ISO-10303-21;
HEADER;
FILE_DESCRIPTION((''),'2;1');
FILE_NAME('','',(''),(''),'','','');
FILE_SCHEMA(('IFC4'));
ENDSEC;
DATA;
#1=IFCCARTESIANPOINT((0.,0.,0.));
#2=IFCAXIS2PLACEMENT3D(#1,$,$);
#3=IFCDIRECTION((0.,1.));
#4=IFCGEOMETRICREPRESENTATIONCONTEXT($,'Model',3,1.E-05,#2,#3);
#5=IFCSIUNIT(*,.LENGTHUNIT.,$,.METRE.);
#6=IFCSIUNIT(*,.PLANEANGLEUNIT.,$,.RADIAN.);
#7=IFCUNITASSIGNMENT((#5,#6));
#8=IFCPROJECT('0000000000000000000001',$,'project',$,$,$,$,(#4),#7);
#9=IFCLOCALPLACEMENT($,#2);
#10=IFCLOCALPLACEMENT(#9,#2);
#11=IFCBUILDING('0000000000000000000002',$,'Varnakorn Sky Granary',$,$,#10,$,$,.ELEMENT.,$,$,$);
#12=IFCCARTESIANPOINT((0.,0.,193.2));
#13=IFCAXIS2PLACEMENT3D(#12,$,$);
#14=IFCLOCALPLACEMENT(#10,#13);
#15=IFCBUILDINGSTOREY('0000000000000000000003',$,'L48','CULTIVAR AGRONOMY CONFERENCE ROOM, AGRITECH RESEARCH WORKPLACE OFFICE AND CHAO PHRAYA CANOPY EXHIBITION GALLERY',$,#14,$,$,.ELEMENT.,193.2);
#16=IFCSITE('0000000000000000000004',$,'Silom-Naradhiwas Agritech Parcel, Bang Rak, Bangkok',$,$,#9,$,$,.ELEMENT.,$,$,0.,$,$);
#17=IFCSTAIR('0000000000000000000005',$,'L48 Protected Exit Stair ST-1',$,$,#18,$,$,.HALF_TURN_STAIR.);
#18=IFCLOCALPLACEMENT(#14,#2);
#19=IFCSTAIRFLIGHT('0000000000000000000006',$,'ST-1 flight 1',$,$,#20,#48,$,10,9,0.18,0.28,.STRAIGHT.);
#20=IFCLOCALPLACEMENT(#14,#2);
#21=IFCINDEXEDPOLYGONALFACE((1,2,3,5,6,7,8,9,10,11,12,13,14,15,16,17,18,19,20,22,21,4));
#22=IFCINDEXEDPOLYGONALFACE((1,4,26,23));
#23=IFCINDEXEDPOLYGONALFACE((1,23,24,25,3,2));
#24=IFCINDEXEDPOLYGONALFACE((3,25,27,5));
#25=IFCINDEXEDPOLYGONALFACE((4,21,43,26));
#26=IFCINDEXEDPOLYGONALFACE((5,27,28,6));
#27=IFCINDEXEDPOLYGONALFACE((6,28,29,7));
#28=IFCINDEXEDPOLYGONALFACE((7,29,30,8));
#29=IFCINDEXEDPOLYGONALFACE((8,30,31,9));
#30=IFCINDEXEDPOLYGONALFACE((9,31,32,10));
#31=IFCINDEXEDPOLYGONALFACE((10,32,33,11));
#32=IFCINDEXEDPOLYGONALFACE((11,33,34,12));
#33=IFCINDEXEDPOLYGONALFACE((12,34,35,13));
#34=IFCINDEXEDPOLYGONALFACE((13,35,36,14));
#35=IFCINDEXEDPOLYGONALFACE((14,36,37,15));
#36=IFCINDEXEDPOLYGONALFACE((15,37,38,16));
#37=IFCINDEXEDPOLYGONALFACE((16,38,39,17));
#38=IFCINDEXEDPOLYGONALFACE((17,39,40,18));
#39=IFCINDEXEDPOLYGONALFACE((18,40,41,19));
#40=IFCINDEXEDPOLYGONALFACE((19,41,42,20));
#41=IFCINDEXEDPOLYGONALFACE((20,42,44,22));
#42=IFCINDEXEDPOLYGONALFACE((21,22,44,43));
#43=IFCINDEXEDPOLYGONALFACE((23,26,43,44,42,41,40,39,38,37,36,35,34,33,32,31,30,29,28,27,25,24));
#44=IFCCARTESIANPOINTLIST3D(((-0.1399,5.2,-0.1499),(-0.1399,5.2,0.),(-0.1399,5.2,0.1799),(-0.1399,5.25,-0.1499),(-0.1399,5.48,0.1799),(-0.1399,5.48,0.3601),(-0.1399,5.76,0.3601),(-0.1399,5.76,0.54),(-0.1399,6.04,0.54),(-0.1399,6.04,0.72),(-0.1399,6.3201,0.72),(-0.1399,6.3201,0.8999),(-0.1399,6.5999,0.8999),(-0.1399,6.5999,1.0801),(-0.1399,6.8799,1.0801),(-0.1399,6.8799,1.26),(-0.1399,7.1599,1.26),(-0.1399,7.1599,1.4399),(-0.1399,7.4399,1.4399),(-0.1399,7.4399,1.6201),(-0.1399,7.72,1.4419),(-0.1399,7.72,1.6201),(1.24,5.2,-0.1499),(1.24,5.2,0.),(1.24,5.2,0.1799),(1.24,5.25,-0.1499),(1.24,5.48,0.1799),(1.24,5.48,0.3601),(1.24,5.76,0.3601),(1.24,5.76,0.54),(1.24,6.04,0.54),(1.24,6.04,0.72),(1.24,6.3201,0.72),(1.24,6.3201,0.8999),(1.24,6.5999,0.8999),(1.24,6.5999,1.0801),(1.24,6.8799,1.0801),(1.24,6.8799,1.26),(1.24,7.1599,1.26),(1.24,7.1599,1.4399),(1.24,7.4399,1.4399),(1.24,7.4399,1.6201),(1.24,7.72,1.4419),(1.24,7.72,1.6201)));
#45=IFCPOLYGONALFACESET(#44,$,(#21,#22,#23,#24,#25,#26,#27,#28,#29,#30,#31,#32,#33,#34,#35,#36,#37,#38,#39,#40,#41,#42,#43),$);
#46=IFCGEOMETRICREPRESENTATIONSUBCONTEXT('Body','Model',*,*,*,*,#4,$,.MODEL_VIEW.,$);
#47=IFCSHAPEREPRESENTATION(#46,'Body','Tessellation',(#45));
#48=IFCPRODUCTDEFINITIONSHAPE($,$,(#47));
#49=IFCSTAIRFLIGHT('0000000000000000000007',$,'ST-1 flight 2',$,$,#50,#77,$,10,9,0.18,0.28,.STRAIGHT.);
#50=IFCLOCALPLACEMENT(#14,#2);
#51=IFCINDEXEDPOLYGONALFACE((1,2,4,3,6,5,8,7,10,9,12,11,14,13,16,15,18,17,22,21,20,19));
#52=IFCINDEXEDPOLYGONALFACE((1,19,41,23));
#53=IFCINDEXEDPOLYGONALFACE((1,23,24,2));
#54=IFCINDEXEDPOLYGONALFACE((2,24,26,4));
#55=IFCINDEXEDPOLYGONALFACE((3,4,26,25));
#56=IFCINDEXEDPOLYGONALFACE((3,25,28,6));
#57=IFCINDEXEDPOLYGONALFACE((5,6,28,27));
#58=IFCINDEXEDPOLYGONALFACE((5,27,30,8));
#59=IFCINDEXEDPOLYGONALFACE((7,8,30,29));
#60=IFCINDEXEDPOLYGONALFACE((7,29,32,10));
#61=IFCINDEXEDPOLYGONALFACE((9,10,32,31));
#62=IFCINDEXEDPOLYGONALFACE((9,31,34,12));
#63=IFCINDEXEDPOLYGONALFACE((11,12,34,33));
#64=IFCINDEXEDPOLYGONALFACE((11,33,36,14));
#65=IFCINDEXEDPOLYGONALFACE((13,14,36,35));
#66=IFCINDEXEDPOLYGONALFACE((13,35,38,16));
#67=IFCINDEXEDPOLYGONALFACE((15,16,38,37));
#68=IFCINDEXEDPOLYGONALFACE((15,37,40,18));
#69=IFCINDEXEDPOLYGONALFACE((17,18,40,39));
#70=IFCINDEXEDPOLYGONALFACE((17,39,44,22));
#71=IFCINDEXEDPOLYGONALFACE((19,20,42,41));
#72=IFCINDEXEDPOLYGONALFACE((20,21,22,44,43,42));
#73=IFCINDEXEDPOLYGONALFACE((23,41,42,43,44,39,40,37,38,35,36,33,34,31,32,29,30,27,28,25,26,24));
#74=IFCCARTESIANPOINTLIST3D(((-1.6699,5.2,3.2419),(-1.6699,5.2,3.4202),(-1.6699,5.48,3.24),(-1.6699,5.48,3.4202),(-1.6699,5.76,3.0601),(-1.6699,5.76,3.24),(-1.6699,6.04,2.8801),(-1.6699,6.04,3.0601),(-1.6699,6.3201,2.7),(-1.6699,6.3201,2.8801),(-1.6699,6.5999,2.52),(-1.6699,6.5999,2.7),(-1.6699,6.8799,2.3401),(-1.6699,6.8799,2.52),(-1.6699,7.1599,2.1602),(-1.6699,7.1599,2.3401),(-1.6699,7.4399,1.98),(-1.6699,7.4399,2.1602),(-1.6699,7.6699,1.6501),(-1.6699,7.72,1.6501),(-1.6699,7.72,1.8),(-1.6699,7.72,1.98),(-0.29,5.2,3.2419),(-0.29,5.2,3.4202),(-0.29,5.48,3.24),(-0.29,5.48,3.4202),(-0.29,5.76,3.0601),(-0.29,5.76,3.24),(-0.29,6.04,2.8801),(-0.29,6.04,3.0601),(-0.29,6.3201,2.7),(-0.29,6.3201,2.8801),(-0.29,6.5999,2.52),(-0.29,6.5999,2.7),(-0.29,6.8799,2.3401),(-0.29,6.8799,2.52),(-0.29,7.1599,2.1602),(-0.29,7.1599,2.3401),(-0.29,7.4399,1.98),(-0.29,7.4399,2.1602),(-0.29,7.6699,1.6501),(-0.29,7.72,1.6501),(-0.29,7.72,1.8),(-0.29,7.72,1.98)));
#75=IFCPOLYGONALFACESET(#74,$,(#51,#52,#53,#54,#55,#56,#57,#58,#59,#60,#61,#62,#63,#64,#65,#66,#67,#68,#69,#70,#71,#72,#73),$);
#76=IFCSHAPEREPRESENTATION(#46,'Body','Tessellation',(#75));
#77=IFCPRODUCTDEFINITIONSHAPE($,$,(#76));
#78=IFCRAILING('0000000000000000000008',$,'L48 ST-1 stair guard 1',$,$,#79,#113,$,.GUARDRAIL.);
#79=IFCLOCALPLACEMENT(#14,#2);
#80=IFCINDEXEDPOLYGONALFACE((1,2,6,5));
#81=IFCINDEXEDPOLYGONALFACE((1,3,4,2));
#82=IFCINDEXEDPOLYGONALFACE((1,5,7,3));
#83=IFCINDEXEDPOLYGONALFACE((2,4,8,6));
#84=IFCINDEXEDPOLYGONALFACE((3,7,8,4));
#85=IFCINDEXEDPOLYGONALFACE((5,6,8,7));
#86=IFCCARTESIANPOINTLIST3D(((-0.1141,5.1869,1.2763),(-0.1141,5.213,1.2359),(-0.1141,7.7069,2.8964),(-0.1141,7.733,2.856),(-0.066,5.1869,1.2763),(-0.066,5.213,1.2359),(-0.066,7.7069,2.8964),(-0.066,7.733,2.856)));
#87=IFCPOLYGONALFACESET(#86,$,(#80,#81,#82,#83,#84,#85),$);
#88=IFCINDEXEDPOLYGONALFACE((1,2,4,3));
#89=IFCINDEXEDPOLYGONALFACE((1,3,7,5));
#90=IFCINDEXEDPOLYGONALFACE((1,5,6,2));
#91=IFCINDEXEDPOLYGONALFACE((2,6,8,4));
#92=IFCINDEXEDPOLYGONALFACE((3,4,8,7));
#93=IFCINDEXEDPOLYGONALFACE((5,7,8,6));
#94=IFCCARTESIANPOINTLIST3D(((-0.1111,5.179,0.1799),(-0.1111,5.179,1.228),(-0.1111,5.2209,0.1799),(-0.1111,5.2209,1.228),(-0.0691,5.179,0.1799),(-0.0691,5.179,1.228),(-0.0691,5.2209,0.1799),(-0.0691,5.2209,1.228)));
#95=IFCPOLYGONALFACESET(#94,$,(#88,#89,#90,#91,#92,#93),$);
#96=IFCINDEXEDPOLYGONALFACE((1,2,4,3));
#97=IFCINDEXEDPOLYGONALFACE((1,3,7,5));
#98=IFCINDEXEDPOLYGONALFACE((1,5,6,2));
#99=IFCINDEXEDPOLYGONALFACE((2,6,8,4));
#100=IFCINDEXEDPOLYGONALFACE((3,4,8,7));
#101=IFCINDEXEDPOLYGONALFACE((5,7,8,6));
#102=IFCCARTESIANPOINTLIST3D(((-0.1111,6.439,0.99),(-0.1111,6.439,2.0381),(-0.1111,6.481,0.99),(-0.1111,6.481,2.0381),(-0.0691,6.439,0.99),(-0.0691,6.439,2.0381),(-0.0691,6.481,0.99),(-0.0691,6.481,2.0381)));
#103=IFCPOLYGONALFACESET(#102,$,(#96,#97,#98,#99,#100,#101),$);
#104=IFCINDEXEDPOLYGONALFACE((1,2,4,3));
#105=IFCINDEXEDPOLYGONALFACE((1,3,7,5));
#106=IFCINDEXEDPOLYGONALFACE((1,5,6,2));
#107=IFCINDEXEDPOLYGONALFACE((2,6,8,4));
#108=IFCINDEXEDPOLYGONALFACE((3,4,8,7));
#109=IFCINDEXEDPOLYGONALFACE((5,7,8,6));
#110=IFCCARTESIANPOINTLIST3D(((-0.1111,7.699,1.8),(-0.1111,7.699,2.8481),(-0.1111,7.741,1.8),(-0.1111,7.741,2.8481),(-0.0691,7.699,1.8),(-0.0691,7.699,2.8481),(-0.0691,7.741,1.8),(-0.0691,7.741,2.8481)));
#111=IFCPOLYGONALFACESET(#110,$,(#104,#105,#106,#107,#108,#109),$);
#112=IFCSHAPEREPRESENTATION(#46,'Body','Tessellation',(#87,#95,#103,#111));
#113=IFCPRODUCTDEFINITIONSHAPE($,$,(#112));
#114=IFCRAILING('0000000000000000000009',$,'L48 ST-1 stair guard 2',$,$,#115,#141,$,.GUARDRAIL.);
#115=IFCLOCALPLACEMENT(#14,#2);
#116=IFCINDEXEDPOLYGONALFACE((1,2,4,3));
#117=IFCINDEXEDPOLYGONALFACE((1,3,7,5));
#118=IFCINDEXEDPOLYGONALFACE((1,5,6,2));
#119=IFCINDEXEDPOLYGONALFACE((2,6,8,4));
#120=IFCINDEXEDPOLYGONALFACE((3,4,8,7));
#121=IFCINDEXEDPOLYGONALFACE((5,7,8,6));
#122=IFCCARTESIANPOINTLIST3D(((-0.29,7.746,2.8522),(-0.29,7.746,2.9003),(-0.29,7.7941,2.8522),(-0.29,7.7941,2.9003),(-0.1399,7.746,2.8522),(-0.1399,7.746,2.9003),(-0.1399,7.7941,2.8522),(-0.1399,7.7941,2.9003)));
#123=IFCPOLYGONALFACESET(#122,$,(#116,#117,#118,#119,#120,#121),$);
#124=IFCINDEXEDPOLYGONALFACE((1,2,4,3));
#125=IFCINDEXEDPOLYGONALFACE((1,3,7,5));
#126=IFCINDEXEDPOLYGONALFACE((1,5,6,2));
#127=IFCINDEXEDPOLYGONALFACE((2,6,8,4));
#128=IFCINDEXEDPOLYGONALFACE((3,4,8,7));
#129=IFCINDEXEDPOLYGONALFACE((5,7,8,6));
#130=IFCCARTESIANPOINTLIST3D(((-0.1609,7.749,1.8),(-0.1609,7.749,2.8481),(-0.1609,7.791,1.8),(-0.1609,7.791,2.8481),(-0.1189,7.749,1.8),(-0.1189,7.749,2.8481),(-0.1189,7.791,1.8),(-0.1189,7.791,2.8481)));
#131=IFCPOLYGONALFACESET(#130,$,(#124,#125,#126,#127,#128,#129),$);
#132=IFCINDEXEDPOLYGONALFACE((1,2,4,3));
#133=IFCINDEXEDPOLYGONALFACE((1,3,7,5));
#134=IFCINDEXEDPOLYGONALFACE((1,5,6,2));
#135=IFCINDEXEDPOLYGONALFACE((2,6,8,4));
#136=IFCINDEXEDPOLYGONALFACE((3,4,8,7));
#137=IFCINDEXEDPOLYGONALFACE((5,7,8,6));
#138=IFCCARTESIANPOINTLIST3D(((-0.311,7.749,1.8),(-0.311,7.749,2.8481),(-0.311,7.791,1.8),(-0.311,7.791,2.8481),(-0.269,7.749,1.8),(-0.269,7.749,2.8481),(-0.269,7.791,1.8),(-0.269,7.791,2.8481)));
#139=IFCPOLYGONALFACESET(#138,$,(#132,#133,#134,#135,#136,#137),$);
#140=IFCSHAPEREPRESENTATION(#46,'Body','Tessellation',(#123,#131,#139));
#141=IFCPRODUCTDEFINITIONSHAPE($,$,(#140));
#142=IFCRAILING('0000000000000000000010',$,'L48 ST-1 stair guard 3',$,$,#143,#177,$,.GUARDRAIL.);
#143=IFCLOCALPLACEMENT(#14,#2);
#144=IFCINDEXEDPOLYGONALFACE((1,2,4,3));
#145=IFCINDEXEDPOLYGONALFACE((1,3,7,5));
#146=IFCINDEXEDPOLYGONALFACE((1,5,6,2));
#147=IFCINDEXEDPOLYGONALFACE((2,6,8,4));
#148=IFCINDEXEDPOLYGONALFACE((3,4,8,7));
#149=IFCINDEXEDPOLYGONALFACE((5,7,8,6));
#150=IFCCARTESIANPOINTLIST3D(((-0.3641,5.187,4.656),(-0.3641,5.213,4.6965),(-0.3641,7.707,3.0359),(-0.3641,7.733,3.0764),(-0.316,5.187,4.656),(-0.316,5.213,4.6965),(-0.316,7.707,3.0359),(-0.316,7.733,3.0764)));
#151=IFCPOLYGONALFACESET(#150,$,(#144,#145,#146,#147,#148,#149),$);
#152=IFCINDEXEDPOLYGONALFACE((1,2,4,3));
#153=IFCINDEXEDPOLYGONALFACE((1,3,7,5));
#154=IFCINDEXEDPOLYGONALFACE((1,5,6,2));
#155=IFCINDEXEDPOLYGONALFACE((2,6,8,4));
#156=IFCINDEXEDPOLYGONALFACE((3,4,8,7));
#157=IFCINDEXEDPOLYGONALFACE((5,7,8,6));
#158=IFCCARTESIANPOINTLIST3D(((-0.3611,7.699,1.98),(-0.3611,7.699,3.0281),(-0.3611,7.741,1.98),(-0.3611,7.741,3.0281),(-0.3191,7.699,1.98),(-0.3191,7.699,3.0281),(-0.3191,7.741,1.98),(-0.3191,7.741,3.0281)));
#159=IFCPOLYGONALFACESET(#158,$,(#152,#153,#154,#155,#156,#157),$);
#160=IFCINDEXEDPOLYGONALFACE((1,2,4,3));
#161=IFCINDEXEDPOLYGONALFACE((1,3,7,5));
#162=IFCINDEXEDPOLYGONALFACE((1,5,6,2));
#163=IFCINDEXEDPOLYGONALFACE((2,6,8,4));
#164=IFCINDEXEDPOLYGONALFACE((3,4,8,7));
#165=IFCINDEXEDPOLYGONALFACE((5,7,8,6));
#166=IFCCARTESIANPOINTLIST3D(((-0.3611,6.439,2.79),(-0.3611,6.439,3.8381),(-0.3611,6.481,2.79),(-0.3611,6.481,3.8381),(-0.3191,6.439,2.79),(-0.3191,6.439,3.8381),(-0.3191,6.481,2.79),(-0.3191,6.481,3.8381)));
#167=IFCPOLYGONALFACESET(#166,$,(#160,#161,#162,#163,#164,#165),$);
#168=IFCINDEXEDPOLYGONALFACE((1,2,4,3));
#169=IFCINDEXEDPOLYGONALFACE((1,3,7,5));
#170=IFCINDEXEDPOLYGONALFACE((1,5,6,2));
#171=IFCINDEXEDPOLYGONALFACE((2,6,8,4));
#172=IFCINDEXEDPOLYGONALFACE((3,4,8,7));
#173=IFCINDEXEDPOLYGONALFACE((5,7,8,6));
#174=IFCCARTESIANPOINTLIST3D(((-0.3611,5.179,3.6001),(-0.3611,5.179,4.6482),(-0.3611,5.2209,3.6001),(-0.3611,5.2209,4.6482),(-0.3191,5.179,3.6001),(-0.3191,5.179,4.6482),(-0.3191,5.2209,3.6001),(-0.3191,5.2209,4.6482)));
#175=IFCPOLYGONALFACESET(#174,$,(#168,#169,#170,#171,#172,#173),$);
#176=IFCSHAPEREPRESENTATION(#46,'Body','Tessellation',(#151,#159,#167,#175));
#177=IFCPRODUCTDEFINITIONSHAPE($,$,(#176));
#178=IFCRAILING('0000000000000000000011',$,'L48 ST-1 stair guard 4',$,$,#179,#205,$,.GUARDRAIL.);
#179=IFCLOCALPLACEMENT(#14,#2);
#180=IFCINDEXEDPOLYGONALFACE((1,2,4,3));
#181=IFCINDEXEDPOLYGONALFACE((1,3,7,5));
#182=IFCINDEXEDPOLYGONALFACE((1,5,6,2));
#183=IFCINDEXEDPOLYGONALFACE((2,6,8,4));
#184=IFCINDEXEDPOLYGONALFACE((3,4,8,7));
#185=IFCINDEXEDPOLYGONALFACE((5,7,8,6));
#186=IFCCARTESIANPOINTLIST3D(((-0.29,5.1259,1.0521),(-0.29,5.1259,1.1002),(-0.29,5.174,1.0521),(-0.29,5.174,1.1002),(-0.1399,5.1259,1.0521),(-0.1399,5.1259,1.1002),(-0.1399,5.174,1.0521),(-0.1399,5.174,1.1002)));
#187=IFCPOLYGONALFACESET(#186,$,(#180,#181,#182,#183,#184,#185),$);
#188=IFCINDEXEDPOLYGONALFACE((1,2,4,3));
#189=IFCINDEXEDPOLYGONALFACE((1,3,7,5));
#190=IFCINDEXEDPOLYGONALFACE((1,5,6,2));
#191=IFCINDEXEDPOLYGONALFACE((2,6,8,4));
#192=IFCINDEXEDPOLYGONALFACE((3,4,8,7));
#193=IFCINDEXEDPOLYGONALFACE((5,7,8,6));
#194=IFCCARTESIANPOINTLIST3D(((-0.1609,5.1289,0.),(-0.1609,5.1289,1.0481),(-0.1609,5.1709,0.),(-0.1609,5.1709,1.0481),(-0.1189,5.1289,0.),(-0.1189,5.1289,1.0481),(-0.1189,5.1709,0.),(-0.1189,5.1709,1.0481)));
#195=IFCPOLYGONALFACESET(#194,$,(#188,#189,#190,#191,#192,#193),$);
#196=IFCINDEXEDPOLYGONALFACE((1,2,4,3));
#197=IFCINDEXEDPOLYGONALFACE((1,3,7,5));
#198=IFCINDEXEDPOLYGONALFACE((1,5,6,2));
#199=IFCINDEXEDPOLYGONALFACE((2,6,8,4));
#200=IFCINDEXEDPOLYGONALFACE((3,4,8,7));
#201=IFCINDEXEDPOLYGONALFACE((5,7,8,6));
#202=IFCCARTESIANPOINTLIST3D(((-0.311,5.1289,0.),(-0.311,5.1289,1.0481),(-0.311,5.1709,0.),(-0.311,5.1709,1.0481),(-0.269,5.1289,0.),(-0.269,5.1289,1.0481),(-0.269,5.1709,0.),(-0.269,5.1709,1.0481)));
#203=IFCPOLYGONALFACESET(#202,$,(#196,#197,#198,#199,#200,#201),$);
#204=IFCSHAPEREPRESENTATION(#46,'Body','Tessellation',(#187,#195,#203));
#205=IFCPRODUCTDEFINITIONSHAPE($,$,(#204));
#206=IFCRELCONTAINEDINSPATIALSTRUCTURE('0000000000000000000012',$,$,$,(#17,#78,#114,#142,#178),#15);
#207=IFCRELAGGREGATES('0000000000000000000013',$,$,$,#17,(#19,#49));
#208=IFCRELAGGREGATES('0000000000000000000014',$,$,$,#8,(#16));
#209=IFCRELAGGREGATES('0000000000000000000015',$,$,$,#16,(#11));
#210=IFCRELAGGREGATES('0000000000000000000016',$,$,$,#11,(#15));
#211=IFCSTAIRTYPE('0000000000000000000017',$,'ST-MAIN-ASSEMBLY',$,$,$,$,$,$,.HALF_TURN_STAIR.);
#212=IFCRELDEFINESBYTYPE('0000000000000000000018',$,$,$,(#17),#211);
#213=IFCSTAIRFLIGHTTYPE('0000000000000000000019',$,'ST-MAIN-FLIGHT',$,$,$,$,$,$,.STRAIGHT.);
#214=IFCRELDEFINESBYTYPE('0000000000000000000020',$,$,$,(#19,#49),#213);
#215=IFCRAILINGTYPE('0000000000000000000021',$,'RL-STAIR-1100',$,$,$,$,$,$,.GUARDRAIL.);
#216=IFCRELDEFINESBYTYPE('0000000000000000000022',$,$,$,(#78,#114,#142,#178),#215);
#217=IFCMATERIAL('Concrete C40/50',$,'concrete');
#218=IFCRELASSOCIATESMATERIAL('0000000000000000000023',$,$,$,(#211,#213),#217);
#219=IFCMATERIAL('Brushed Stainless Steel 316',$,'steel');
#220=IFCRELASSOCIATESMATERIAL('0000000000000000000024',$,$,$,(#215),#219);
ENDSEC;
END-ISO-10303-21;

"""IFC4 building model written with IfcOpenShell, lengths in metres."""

from ifc_helpers import new_model, si_unit, direction, frame, origin, origin_2d, place, context, subcontext, project, spatial, polyline, rectangle, outline, extrude, material, type_object, element, aggregate, save


model = new_model("IFC4")

# Units and contexts
model_context = context("Model", 3, precision=1e-05, world=origin(), true_north=direction((0.0, 1.0)))
body_context = subcontext(model_context, "Body", "Model", "MODEL_VIEW")
ifc_project = project(units=[si_unit("LENGTHUNIT", "METRE"), si_unit("PLANEANGLEUNIT", "RADIAN")], contexts=[model_context])

# Site, building, storey
site_placement = place(None, origin())
site = spatial("IfcSite", under=ifc_project, at=site_placement, Name="Silom-Naradhiwas Agritech Parcel, Bang Rak, Bangkok", CompositionType="ELEMENT", RefElevation=0.0)
building_placement = place(site_placement, origin())
building = spatial("IfcBuilding", under=site, at=building_placement, Name="Varnakorn Sky Granary", CompositionType="ELEMENT")
storey_placement = place(building_placement, frame((0.0, 0.0, 193.2)))
storey = spatial("IfcBuildingStorey", under=building, at=storey_placement, Name="L48", Description="CULTIVAR AGRONOMY CONFERENCE ROOM, AGRITECH RESEARCH WORKPLACE OFFICE AND CHAO PHRAYA CANOPY EXHIBITION GALLERY", CompositionType="ELEMENT", Elevation=193.2)

# Stair, stair flights
ifc_material_1 = material(Name="Concrete C40/50", Category="concrete")
stair_type = type_object("IfcStairType", Name="ST-MAIN-ASSEMBLY", PredefinedType="HALF_TURN_STAIR", material=ifc_material_1)
stair_placement = place(storey_placement, origin())
stair = element("IfcStair", 1, at=stair_placement, inside=storey, type_object=stair_type, Name="L48 Protected Exit Stair ST-1", PredefinedType="HALF_TURN_STAIR")
stair_flight_type = type_object("IfcStairFlightType", Name="ST-MAIN-FLIGHT", PredefinedType="STRAIGHT", material=ifc_material_1)
stair_flight_1_placement = place(storey_placement, frame((0.55, 5.2, 0.0), z_axis=(0.0, 0.0, 1.0), x_axis=(0.0, 1.0, 0.0)))
stair_flight_1 = element("IfcStairFlight", 2, at=stair_flight_1_placement, type_object=stair_flight_type, Name="ST-1 flight 1", NumberOfRisers=10, NumberOfTreads=9, PredefinedType="STRAIGHT", RiserHeight=0.18, TreadLength=0.28, context=body_context, shape_type="SweptSolid", body=[
    extrude(outline(polyline([(0.0, -0.1499), (0.0, 0.0), (0.0, 0.1799), (0.28, 0.1799), (0.28, 0.3601), (0.5601, 0.3601), (0.5601, 0.54), (0.8401, 0.54), (0.8401, 0.72), (1.1201, 0.72), (1.1201, 0.8999), (1.3999, 0.8999), (1.3999, 1.0801), (1.6799, 1.0801), (1.6799, 1.26), (1.96, 1.26), (1.96, 1.4399), (2.24, 1.4399), (2.24, 1.6201), (2.52, 1.6201), (2.52, 1.8), (2.52, 1.4419), (0.05, -0.1499), (0.0, -0.1499)])), frame((0.0, 0.6899, 0.0), z_axis=(0.0, -1.0, 0.0), x_axis=(1.0, 0.0, 0.0)), (0.0, 0.0, 1.0), 1.3799),
])
stair_flight_2_placement = place(storey_placement, frame((-0.98, 7.72, 1.8), z_axis=(0.0, 0.0, 1.0), x_axis=(0.0, -1.0, 0.0)))
stair_flight_2 = element("IfcStairFlight", 3, at=stair_flight_2_placement, type_object=stair_flight_type, Name="ST-1 flight 2", NumberOfRisers=10, NumberOfTreads=9, PredefinedType="STRAIGHT", RiserHeight=0.18, TreadLength=0.28, context=body_context, shape_type="SweptSolid", body=[
    extrude(outline(polyline([(0.0, -0.1499), (0.0, 0.0), (0.0, 0.1799), (0.28, 0.1799), (0.28, 0.3601), (0.5601, 0.3601), (0.5601, 0.54), (0.8401, 0.54), (0.8401, 0.72), (1.1201, 0.72), (1.1201, 0.8999), (1.3999, 0.8999), (1.3999, 1.0801), (1.6799, 1.0801), (1.6799, 1.26), (1.96, 1.26), (1.96, 1.4399), (2.24, 1.4399), (2.24, 1.6201), (2.52, 1.6201), (2.52, 1.8), (2.52, 1.4419), (0.05, -0.1499), (0.0, -0.1499)])), frame((0.0, 0.6899, 0.0), z_axis=(0.0, -1.0, 0.0), x_axis=(1.0, 0.0, 0.0)), (0.0, 0.0, 1.0), 1.3799),
])
aggregate(stair, [stair_flight_1, stair_flight_2])

# Railings
ifc_material_2 = material(Name="Brushed Stainless Steel 316", Category="steel")
railing_type_1 = type_object("IfcRailingType", Name="RL-STAIR-1100", PredefinedType="GUARDRAIL", material=ifc_material_2)
railing_1_placement = place(storey_placement, frame((-0.0901, 5.2, 0.1799)))
element("IfcRailing", 4, at=railing_1_placement, inside=storey, type_object=railing_type_1, Name="L48 ST-1 stair guard 1", PredefinedType="GUARDRAIL", context=body_context, shape_type="SweptSolid", body=[
    extrude(rectangle(XDim=0.0481, YDim=0.0481, at=origin_2d()), frame((0.0, 0.0, 1.0762), z_axis=(0.0, 0.841163, 0.540782), x_axis=(-1.0, 0.0, 0.0)), (0.0, 0.0, 1.0), 2.9958),
    extrude(rectangle(XDim=0.042, YDim=0.042, at=origin_2d()), origin(), (0.0, 0.0, 1.0), 1.0481),
    extrude(rectangle(XDim=0.042, YDim=0.042, at=origin_2d()), frame((0.0, 1.26, 0.8101)), (0.0, 0.0, 1.0), 1.0481),
    extrude(rectangle(XDim=0.042, YDim=0.042, at=origin_2d()), frame((0.0, 2.52, 1.6201)), (0.0, 0.0, 1.0), 1.0481),
])
railing_2_placement = place(storey_placement, frame((-0.1399, 7.77, 1.8)))
element("IfcRailing", 5, at=railing_2_placement, inside=storey, type_object=railing_type_1, Name="L48 ST-1 stair guard 2", PredefinedType="GUARDRAIL", context=body_context, shape_type="SweptSolid", body=[
    extrude(rectangle(XDim=0.0481, YDim=0.0481, at=origin_2d()), frame((0.0, 0.0, 1.0762), z_axis=(-1.0, 0.0, 0.0), x_axis=(0.0, -1.0, 0.0)), (0.0, 0.0, 1.0), 0.1501),
    extrude(rectangle(XDim=0.042, YDim=0.042, at=origin_2d()), origin(), (0.0, 0.0, 1.0), 1.0481),
    extrude(rectangle(XDim=0.042, YDim=0.042, at=origin_2d()), frame((-0.1501, 0.0, 0.0)), (0.0, 0.0, 1.0), 1.0481),
])
railing_3_placement = place(storey_placement, frame((-0.3401, 7.72, 1.98)))
element("IfcRailing", 6, at=railing_3_placement, inside=storey, type_object=railing_type_1, Name="L48 ST-1 stair guard 3", PredefinedType="GUARDRAIL", context=body_context, shape_type="SweptSolid", body=[
    extrude(rectangle(XDim=0.0481, YDim=0.0481, at=origin_2d()), frame((0.0, 0.0, 1.0762), z_axis=(0.0, -0.841163, 0.540782), x_axis=(1.0, 0.0, 0.0)), (0.0, 0.0, 1.0), 2.9958),
    extrude(rectangle(XDim=0.042, YDim=0.042, at=origin_2d()), origin(), (0.0, 0.0, 1.0), 1.0481),
    extrude(rectangle(XDim=0.042, YDim=0.042, at=origin_2d()), frame((0.0, -1.26, 0.8101)), (0.0, 0.0, 1.0), 1.0481),
    extrude(rectangle(XDim=0.042, YDim=0.042, at=origin_2d()), frame((0.0, -2.52, 1.6201)), (0.0, 0.0, 1.0), 1.0481),
])
railing_4_placement = place(storey_placement, frame((-0.1399, 5.1499, 0.0)))
element("IfcRailing", 7, at=railing_4_placement, inside=storey, type_object=railing_type_1, Name="L48 ST-1 stair guard 4", PredefinedType="GUARDRAIL", context=body_context, shape_type="SweptSolid", body=[
    extrude(rectangle(XDim=0.0481, YDim=0.0481, at=origin_2d()), frame((0.0, 0.0, 1.0762), z_axis=(-1.0, 0.0, 0.0), x_axis=(0.0, -1.0, 0.0)), (0.0, 0.0, 1.0), 0.1501),
    extrude(rectangle(XDim=0.042, YDim=0.042, at=origin_2d()), origin(), (0.0, 0.0, 1.0), 1.0481),
    extrude(rectangle(XDim=0.042, YDim=0.042, at=origin_2d()), frame((-0.1501, 0.0, 0.0)), (0.0, 0.0, 1.0), 1.0481),
])

save(model, "model.ifc")
